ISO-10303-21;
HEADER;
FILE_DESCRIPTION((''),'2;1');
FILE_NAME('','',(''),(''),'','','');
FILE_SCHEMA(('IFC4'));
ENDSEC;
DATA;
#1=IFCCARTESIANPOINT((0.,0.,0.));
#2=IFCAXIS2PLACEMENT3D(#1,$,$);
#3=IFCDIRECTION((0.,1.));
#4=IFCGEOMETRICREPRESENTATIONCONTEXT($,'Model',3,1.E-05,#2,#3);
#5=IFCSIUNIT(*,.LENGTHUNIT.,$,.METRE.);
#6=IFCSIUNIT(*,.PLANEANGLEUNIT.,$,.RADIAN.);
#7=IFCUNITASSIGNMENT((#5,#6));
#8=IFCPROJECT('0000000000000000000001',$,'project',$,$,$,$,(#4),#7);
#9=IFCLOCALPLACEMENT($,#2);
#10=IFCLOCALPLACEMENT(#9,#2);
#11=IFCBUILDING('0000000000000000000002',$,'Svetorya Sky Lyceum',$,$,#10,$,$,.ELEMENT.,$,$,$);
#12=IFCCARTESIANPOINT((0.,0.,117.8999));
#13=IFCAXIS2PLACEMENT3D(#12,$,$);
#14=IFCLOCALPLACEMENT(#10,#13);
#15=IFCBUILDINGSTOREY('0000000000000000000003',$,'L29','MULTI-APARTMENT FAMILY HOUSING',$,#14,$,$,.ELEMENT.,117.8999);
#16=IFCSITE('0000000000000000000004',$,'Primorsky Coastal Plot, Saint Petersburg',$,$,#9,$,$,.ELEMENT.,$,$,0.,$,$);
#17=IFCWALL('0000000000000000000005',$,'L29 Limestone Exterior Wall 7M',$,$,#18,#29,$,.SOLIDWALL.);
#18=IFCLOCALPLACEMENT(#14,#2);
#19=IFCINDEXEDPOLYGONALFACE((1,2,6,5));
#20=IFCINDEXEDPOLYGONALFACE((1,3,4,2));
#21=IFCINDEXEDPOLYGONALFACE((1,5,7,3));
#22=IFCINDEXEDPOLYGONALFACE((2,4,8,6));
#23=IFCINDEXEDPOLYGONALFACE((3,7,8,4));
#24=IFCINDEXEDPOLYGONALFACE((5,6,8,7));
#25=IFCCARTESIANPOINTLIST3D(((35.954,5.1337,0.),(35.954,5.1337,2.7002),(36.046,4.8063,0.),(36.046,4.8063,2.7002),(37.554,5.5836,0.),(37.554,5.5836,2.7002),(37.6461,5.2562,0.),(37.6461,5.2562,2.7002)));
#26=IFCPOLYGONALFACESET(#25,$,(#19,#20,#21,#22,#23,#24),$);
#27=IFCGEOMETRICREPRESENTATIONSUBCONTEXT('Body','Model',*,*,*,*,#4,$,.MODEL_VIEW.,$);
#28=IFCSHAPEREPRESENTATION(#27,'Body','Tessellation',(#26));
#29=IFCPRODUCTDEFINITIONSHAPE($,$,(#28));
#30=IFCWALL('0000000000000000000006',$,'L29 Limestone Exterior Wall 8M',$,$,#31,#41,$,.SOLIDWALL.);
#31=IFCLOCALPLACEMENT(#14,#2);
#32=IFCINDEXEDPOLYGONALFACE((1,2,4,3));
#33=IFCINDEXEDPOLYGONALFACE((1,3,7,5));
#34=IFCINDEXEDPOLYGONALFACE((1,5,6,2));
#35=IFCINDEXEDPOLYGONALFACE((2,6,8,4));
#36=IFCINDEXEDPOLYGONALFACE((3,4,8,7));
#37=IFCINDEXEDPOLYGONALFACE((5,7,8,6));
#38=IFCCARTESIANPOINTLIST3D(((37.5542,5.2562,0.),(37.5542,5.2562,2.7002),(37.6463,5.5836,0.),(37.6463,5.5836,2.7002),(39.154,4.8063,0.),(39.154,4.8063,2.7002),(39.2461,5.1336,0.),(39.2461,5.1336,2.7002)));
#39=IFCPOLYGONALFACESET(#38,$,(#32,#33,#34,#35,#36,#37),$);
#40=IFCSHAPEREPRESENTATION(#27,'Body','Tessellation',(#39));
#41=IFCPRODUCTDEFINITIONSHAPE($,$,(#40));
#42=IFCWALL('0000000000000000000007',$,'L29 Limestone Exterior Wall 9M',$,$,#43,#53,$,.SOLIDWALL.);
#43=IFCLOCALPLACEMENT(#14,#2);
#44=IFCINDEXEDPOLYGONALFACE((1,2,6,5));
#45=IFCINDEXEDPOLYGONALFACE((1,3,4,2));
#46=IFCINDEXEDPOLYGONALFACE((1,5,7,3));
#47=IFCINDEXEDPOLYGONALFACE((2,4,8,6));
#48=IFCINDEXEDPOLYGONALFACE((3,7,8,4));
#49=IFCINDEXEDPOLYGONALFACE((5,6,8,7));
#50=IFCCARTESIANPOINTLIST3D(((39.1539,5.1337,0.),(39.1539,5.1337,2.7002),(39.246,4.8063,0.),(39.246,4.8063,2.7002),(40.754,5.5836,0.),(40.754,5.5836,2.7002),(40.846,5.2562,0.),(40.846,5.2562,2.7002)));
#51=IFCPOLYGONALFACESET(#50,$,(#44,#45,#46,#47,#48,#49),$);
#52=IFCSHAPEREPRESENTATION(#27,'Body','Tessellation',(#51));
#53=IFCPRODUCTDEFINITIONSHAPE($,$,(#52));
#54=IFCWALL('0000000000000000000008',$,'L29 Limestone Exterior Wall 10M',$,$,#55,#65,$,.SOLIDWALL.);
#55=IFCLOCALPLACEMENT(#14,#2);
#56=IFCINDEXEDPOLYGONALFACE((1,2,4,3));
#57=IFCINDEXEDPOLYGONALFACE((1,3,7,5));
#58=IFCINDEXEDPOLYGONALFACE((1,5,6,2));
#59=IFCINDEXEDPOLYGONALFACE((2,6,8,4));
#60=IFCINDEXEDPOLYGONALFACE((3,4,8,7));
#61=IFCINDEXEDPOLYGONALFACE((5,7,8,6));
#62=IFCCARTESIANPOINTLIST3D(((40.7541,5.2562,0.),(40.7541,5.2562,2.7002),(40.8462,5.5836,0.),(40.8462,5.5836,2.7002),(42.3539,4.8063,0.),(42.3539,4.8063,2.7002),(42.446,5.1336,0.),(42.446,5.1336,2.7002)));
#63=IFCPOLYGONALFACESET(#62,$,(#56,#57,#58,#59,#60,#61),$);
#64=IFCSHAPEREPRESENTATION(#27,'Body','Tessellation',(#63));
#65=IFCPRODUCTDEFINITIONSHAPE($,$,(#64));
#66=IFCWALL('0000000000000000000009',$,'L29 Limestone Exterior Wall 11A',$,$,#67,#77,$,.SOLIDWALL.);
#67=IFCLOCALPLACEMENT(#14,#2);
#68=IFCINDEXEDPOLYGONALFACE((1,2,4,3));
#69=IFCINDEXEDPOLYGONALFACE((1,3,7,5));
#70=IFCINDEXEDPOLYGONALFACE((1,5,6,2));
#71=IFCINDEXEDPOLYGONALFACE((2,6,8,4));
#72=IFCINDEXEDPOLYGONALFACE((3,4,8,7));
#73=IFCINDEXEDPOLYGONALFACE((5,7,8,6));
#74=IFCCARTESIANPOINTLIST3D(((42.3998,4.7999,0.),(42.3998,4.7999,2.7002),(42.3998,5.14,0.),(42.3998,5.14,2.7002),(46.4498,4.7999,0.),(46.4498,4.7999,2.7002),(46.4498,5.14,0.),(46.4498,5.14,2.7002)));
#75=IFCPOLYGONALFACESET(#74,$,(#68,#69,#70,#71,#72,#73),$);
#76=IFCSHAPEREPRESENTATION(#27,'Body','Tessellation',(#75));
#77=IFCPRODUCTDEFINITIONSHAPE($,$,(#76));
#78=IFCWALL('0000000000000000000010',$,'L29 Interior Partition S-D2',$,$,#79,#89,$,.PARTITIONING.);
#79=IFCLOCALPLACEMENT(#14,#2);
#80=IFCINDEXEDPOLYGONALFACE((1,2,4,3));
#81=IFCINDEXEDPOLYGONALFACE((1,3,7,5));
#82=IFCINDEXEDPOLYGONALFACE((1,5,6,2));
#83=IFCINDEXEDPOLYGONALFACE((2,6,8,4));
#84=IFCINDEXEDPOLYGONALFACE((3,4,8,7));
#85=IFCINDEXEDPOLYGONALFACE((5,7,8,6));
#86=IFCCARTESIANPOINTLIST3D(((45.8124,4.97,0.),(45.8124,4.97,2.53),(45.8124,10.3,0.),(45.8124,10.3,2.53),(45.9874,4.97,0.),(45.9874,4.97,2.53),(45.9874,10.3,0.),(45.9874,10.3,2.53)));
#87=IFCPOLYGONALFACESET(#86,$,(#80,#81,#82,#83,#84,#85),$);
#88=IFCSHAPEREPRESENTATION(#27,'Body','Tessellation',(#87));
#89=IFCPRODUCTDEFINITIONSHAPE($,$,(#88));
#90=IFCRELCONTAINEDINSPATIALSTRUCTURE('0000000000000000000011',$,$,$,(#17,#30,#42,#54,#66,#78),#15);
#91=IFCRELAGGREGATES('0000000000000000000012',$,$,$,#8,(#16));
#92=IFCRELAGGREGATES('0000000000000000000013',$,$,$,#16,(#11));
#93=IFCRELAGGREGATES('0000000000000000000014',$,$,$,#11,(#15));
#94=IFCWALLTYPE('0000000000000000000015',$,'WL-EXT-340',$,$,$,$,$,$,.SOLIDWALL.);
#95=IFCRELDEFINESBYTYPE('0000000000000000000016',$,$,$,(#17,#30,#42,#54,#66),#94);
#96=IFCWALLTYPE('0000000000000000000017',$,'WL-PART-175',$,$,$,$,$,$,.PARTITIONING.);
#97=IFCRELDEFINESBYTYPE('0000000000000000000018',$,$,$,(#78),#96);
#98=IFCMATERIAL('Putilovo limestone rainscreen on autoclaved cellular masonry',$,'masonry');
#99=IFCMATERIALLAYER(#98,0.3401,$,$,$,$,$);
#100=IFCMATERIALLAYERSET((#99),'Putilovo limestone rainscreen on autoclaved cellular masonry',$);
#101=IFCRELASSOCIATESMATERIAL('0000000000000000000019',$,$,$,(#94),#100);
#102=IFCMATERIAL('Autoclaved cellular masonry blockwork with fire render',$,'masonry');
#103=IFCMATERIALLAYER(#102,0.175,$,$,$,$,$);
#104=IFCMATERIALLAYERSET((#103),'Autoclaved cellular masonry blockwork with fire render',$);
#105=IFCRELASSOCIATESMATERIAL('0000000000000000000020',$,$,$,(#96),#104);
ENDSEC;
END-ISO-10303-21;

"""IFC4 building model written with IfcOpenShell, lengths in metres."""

from ifc_helpers import new_model, si_unit, direction, frame, frame_2d, origin, place, context, subcontext, project, spatial, rectangle, extrude, material, layer, layer_set, type_object, element, save


model = new_model("IFC4")

# Units and contexts
model_context = context("Model", 3, precision=1e-05, world=origin(), true_north=direction((0.0, 1.0)))
body_context = subcontext(model_context, "Body", "Model", "MODEL_VIEW")
ifc_project = project(units=[si_unit("LENGTHUNIT", "METRE"), si_unit("PLANEANGLEUNIT", "RADIAN")], contexts=[model_context])

# Site, building, storey
site_placement = place(None, origin())
site = spatial("IfcSite", under=ifc_project, at=site_placement, Name="Primorsky Coastal Plot, Saint Petersburg", CompositionType="ELEMENT", RefElevation=0.0)
building_placement = place(site_placement, origin())
building = spatial("IfcBuilding", under=site, at=building_placement, Name="Svetorya Sky Lyceum", CompositionType="ELEMENT")
storey_placement = place(building_placement, frame((0.0, 0.0, 117.8999)))
storey = spatial("IfcBuildingStorey", under=building, at=storey_placement, Name="L29", Description="MULTI-APARTMENT FAMILY HOUSING", CompositionType="ELEMENT", Elevation=117.8999)

# Walls
ifc_material_1 = material(Name="Putilovo limestone rainscreen on autoclaved cellular masonry", Category="masonry")
ifc_layer_1 = layer(ifc_material_1, 0.3401)
ifc_layer_set_1 = layer_set([ifc_layer_1], Name="Putilovo limestone rainscreen on autoclaved cellular masonry")
wall_type_1 = type_object("IfcWallType", Name="WL-EXT-340", PredefinedType="SOLIDWALL", material=ifc_layer_set_1)
wall_1_placement = place(storey_placement, frame((36.0, 4.97, 0.0), z_axis=(0.0, 0.0, 1.0), x_axis=(0.962663, 0.270703, 0.0)))
element("IfcWall", 1, at=wall_1_placement, inside=storey, type_object=wall_type_1, Name="L29 Limestone Exterior Wall 7M", PredefinedType="SOLIDWALL", context=body_context, shape_type="SweptSolid", body=[
    extrude(rectangle(XDim=1.6621, YDim=0.3401, at=frame_2d((0.8311, 0.0))), origin(), (0.0, 0.0, 1.0), 2.7002),
])
wall_2_placement = place(storey_placement, frame((37.6001, 5.4199, 0.0), z_axis=(0.0, 0.0, 1.0), x_axis=(0.962652, -0.270741, 0.0)))
element("IfcWall", 2, at=wall_2_placement, inside=storey, type_object=wall_type_1, Name="L29 Limestone Exterior Wall 8M", PredefinedType="SOLIDWALL", context=body_context, shape_type="SweptSolid", body=[
    extrude(rectangle(XDim=1.6619, YDim=0.3401, at=frame_2d((0.8311, 0.0))), origin(), (0.0, 0.0, 1.0), 2.7002),
])
wall_3_placement = place(storey_placement, frame((39.2, 4.97, 0.0), z_axis=(0.0, 0.0, 1.0), x_axis=(0.962663, 0.270703, 0.0)))
element("IfcWall", 3, at=wall_3_placement, inside=storey, type_object=wall_type_1, Name="L29 Limestone Exterior Wall 9M", PredefinedType="SOLIDWALL", context=body_context, shape_type="SweptSolid", body=[
    extrude(rectangle(XDim=1.6621, YDim=0.3401, at=frame_2d((0.8311, 0.0))), origin(), (0.0, 0.0, 1.0), 2.7002),
])
wall_4_placement = place(storey_placement, frame((40.8, 5.4199, 0.0), z_axis=(0.0, 0.0, 1.0), x_axis=(0.962652, -0.270741, 0.0)))
element("IfcWall", 4, at=wall_4_placement, inside=storey, type_object=wall_type_1, Name="L29 Limestone Exterior Wall 10M", PredefinedType="SOLIDWALL", context=body_context, shape_type="SweptSolid", body=[
    extrude(rectangle(XDim=1.6619, YDim=0.3401, at=frame_2d((0.8311, 0.0))), origin(), (0.0, 0.0, 1.0), 2.7002),
])
wall_5_placement = place(storey_placement, frame((42.3999, 4.97, 0.0), z_axis=(0.0, 0.0, 1.0), x_axis=(1.0, 0.0, 0.0)))
element("IfcWall", 5, at=wall_5_placement, inside=storey, type_object=wall_type_1, Name="L29 Limestone Exterior Wall 11A", PredefinedType="SOLIDWALL", context=body_context, shape_type="SweptSolid", body=[
    extrude(rectangle(XDim=4.05, YDim=0.3401, at=frame_2d((2.0249, 0.0))), origin(), (0.0, 0.0, 1.0), 2.7002),
])
ifc_material_2 = material(Name="Autoclaved cellular masonry blockwork with fire render", Category="masonry")
ifc_layer_2 = layer(ifc_material_2, 0.175)
ifc_layer_set_2 = layer_set([ifc_layer_2], Name="Autoclaved cellular masonry blockwork with fire render")
wall_type_2 = type_object("IfcWallType", Name="WL-PART-175", PredefinedType="PARTITIONING", material=ifc_layer_set_2)
wall_6_placement = place(storey_placement, frame((45.8999, 4.97, 0.0), z_axis=(0.0, 0.0, 1.0), x_axis=(0.0, 1.0, 0.0)))
element("IfcWall", 6, at=wall_6_placement, inside=storey, type_object=wall_type_2, Name="L29 Interior Partition S-D2", PredefinedType="PARTITIONING", context=body_context, shape_type="SweptSolid", body=[
    extrude(rectangle(XDim=5.3301, YDim=0.175, at=frame_2d((2.665, 0.0))), origin(), (0.0, 0.0, 1.0), 2.53),
])

save(model, "model.ifc")
